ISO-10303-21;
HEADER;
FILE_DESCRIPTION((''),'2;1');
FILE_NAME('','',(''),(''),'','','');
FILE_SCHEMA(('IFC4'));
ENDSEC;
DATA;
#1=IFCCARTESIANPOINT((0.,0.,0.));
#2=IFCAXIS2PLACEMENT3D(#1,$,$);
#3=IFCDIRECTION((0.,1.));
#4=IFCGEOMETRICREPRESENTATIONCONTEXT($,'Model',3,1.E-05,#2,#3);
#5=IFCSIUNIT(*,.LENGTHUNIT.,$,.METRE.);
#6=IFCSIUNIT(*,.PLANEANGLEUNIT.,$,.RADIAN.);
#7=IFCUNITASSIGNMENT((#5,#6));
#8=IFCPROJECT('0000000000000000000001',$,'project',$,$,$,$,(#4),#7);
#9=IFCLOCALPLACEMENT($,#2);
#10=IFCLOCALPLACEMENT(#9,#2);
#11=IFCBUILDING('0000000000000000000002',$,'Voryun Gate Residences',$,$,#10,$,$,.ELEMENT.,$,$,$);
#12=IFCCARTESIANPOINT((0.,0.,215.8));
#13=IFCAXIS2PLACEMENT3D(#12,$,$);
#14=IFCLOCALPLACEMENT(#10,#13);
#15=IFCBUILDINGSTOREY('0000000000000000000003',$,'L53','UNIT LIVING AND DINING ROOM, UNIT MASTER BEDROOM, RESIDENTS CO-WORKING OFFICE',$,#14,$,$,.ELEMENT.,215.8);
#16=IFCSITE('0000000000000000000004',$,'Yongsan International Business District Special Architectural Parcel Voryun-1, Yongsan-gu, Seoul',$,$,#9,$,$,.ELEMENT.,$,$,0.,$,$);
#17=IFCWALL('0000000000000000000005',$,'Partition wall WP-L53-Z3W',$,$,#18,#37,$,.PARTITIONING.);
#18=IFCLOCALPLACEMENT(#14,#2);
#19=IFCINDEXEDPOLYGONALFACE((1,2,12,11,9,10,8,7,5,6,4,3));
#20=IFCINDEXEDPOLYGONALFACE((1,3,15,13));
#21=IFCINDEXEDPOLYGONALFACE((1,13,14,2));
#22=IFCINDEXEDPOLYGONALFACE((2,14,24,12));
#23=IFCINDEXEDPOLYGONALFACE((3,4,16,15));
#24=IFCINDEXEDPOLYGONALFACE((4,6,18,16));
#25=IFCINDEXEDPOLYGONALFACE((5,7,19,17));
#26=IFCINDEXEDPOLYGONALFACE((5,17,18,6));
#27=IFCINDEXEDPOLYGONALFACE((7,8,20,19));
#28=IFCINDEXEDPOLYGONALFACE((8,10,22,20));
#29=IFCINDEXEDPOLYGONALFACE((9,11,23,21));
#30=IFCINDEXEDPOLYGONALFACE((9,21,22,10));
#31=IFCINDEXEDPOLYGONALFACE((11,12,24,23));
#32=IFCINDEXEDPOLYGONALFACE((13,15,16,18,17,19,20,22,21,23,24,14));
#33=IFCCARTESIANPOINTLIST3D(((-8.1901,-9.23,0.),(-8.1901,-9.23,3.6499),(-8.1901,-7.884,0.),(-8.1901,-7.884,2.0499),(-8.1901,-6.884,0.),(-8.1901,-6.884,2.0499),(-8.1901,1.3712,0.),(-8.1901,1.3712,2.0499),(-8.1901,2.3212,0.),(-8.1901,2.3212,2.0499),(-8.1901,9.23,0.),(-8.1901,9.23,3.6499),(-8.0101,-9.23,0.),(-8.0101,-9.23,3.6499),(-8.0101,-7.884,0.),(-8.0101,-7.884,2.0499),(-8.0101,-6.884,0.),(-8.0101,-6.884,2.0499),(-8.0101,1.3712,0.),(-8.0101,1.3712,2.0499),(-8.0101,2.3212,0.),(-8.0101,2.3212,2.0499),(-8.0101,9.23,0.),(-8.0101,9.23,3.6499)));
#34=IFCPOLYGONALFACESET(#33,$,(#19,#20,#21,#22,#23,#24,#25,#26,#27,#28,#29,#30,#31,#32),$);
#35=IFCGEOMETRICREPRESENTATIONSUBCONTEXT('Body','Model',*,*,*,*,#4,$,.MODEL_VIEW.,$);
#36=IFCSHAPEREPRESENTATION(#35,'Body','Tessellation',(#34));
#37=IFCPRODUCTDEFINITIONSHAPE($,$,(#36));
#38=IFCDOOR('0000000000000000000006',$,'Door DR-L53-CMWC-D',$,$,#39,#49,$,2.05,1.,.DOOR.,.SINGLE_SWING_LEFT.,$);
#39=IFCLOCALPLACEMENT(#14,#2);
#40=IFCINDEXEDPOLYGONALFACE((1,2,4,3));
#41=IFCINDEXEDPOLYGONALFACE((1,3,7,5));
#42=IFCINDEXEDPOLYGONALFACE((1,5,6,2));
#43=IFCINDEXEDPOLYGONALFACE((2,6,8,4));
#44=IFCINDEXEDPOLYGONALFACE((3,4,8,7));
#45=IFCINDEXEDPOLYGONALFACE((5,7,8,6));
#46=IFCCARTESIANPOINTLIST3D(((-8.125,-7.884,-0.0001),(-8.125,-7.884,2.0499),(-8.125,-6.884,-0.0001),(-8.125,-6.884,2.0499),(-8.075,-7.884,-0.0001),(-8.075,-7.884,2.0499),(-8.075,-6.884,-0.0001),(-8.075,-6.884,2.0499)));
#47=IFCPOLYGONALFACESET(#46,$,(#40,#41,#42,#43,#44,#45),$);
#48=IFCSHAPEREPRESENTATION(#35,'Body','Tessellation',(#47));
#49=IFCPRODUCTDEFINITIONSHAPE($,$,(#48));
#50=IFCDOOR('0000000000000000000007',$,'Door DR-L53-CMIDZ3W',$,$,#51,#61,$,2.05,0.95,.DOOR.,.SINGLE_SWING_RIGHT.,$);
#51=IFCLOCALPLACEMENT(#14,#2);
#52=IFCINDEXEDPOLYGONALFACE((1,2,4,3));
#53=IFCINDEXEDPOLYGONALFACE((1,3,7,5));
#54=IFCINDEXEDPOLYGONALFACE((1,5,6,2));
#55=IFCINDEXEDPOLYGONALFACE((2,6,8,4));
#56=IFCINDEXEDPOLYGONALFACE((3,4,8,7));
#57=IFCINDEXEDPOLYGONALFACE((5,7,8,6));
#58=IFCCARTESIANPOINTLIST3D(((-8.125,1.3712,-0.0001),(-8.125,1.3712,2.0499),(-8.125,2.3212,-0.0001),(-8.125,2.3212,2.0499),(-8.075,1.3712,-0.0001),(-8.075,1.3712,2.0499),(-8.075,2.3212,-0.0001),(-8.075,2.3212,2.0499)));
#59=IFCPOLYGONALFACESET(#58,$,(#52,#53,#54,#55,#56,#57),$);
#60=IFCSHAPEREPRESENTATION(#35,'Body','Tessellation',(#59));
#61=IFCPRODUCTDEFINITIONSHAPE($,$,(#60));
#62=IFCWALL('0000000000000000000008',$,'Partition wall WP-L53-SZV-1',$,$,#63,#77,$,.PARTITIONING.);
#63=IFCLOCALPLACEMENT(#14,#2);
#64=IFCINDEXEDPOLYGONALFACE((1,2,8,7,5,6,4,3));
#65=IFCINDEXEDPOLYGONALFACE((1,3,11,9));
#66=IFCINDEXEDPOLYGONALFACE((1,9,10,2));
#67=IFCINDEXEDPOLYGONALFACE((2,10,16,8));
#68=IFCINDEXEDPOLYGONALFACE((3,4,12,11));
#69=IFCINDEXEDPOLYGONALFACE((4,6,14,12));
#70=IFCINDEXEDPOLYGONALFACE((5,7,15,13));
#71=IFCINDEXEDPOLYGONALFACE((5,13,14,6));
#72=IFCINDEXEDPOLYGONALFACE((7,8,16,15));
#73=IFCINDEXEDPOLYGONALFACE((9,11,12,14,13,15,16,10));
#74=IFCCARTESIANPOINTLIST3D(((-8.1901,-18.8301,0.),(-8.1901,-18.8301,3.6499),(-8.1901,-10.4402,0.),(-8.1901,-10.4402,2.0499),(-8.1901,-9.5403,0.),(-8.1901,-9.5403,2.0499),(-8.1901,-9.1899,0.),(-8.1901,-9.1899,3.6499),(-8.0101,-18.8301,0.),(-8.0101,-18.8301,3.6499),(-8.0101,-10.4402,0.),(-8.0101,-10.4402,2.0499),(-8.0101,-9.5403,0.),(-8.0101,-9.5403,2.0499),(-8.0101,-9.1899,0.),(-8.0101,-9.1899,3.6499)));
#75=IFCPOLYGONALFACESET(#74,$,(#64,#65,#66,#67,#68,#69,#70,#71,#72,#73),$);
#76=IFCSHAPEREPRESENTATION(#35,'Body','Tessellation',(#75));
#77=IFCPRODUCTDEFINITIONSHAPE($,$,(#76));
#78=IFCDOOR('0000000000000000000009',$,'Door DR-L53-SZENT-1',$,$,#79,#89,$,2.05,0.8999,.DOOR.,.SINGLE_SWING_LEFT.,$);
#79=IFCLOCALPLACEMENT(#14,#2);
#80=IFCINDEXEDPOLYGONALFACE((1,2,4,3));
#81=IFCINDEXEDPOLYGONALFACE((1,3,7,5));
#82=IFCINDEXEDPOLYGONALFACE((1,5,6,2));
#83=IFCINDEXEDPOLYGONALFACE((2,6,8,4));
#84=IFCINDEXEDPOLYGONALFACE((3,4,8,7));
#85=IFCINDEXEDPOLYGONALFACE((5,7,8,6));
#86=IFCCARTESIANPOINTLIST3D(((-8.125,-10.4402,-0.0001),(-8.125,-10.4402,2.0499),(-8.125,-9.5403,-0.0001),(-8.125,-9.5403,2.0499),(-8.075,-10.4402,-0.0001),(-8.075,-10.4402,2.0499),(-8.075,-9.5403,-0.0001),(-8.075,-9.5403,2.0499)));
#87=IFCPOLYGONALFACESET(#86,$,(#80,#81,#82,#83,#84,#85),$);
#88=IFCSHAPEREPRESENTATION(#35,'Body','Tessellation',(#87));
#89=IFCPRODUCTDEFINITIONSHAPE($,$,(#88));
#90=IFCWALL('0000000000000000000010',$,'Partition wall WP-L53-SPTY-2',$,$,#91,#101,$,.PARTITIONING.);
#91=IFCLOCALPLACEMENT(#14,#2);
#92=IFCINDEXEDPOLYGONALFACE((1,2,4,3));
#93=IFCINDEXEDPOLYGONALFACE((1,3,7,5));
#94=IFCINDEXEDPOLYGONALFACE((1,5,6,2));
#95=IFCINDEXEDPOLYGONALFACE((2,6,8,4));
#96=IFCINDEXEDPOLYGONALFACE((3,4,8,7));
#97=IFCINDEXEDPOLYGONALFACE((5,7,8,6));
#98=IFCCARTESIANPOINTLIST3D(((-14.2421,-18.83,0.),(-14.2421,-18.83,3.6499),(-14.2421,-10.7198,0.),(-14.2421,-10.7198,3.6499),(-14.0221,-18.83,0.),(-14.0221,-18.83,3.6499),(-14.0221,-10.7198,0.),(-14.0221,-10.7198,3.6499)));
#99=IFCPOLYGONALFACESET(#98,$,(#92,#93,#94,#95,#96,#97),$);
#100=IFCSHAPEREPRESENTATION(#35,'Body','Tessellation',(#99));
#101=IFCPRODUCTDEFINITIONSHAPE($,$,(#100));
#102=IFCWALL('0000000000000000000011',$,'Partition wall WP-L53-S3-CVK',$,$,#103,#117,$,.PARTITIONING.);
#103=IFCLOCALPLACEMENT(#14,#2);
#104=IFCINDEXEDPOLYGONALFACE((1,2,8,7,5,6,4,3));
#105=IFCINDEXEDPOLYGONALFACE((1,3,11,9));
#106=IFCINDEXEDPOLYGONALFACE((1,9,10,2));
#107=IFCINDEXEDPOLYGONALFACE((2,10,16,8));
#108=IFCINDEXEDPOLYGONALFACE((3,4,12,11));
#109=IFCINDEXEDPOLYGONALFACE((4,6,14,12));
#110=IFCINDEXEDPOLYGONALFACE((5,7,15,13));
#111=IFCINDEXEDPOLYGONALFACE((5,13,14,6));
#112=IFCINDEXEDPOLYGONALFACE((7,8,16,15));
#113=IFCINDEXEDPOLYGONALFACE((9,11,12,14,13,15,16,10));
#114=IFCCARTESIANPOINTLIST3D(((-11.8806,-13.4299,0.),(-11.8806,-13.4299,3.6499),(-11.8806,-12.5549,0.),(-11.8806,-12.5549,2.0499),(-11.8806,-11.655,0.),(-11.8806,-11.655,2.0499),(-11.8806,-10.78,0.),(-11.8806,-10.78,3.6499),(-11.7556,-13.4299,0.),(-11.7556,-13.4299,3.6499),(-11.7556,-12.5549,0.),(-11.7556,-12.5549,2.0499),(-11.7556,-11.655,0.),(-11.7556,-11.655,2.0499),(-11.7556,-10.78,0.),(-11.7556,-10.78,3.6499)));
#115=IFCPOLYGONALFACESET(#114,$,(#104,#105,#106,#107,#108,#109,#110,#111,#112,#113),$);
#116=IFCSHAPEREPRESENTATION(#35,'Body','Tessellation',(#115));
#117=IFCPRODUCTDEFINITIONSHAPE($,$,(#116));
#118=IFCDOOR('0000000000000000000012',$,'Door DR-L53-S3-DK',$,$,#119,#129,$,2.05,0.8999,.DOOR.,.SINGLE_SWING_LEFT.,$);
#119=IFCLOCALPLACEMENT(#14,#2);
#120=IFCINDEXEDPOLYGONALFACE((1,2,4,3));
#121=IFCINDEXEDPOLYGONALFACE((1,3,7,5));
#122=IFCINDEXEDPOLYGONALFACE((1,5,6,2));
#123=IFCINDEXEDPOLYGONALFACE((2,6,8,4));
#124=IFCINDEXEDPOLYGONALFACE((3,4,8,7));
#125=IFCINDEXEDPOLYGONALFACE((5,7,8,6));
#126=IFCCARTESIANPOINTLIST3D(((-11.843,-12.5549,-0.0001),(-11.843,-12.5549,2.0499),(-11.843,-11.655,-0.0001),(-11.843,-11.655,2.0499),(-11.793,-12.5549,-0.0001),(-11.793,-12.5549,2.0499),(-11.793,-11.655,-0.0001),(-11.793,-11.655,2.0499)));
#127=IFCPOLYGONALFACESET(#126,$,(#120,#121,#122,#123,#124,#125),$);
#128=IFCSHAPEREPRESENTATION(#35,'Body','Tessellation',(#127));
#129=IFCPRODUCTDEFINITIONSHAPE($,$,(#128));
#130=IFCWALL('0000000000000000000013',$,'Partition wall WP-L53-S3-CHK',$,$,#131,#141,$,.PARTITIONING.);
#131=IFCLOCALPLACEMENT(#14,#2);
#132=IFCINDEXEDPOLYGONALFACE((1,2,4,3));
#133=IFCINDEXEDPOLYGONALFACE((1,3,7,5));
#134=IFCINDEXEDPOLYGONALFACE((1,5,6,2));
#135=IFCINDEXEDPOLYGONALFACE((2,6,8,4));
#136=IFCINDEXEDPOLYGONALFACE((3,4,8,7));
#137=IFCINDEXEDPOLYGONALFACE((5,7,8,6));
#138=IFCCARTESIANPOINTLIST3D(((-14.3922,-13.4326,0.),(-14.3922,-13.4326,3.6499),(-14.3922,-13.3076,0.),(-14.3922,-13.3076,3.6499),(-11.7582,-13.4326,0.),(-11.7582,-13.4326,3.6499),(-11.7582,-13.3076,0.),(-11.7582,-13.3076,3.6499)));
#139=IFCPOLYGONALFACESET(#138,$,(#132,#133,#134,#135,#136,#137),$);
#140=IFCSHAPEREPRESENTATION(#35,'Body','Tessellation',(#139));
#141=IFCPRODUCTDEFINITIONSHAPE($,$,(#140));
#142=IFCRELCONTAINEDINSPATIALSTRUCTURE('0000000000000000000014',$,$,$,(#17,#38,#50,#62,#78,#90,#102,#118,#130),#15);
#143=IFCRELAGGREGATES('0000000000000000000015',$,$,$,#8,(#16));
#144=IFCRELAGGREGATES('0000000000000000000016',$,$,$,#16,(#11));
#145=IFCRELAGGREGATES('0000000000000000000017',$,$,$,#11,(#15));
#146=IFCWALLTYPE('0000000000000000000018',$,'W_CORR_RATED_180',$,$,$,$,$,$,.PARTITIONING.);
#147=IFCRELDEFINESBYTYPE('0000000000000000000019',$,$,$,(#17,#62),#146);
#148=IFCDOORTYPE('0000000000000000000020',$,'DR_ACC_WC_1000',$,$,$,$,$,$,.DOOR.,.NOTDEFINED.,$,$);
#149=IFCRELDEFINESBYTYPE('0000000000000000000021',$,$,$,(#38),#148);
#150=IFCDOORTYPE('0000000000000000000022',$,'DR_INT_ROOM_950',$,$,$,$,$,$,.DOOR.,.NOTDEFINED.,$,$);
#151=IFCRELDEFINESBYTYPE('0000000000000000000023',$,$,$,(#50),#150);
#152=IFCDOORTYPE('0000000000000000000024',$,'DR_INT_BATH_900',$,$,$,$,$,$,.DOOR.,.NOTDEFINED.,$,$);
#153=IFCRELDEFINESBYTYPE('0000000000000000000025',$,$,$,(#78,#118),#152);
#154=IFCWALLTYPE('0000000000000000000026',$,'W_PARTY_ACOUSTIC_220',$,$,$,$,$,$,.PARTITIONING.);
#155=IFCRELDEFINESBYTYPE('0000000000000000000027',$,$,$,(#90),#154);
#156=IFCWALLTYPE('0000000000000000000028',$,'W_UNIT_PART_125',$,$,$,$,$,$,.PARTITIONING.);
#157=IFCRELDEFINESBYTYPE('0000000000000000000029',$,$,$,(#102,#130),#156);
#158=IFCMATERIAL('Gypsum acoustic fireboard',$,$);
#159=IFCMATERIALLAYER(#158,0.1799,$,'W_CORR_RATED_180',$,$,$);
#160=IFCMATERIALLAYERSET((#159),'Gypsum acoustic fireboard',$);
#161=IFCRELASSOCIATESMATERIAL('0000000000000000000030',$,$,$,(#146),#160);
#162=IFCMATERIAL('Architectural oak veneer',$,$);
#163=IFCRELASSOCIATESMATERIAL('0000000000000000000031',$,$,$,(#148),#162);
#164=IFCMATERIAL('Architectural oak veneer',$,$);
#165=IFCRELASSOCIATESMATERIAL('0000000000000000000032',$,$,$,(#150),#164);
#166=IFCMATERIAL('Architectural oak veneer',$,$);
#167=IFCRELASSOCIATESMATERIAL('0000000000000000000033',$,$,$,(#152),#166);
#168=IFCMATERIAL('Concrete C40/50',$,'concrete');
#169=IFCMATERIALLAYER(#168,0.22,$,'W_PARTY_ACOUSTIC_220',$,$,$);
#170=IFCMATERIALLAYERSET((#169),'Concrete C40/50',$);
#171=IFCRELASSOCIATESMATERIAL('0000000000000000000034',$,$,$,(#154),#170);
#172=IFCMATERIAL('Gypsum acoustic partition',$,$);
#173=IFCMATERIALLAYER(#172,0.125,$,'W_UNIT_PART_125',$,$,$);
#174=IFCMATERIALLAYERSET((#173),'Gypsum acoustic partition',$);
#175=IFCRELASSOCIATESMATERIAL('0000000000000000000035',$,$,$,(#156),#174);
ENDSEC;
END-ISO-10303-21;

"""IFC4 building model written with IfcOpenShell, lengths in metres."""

from ifc_helpers import new_model, si_unit, direction, frame, frame_2d, origin, place, context, subcontext, project, spatial, rectangle, extrude, material, layer, layer_set, type_object, element, fill, save


model = new_model("IFC4")

# Units and contexts
model_context = context("Model", 3, precision=1e-05, world=origin(), true_north=direction((0.0, 1.0)))
body_context = subcontext(model_context, "Body", "Model", "MODEL_VIEW")
ifc_project = project(units=[si_unit("LENGTHUNIT", "METRE"), si_unit("PLANEANGLEUNIT", "RADIAN")], contexts=[model_context])

# Site, building, storey
site_placement = place(None, origin())
site = spatial("IfcSite", under=ifc_project, at=site_placement, Name="Yongsan International Business District Special Architectural Parcel Voryun-1, Yongsan-gu, Seoul", CompositionType="ELEMENT", RefElevation=0.0)
building_placement = place(site_placement, origin())
building = spatial("IfcBuilding", under=site, at=building_placement, Name="Voryun Gate Residences", CompositionType="ELEMENT")
storey_placement = place(building_placement, frame((0.0, 0.0, 215.8)))
storey = spatial("IfcBuildingStorey", under=building, at=storey_placement, Name="L53", Description="UNIT LIVING AND DINING ROOM, UNIT MASTER BEDROOM, RESIDENTS CO-WORKING OFFICE", CompositionType="ELEMENT", Elevation=215.8)

# Shared definitions
ifc_material_1 = material(Name="Gypsum acoustic fireboard")
ifc_layer_1 = layer(ifc_material_1, 0.1799, Name="W_CORR_RATED_180")
ifc_layer_set_1 = layer_set([ifc_layer_1], Name="Gypsum acoustic fireboard")
wall_type_1 = type_object("IfcWallType", Name="W_CORR_RATED_180", PredefinedType="PARTITIONING", material=ifc_layer_set_1)

# Wall, openings, doors
wall_1_placement = place(storey_placement, frame((-8.1001, -9.23, 0.0), z_axis=(0.0, 0.0, 1.0), x_axis=(0.0, 1.0, 0.0)))
wall_1 = element("IfcWall", 1, at=wall_1_placement, inside=storey, type_object=wall_type_1, Name="Partition wall WP-L53-Z3W", PredefinedType="PARTITIONING", context=body_context, shape_type="SweptSolid", body=[
    extrude(rectangle(XDim=18.46, YDim=0.1799, at=frame_2d((9.23, 0.0))), origin(), (0.0, 0.0, 1.0), 3.6499),
])
opening_1_placement = place(wall_1_placement, frame((1.3459, 0.0, 0.0)))
opening_1 = element("IfcOpeningElement", 2, at=opening_1_placement, cuts=wall_1, PredefinedType="OPENING", context=body_context, shape_type="SweptSolid", body=[
    extrude(rectangle(XDim=1.0, YDim=2.05, at=frame_2d((0.5, 1.0249))), frame((0.0, 0.0999, 0.0), z_axis=(0.0, -1.0, 0.0), x_axis=(1.0, 0.0, 0.0)), (0.0, 0.0, 1.0), 0.2),
])
opening_2_placement = place(wall_1_placement, frame((10.6011, 0.0, 0.0)))
opening_2 = element("IfcOpeningElement", 3, at=opening_2_placement, cuts=wall_1, PredefinedType="OPENING", context=body_context, shape_type="SweptSolid", body=[
    extrude(rectangle(XDim=0.95, YDim=2.05, at=frame_2d((0.4751, 1.0249))), frame((0.0, 0.0999, 0.0), z_axis=(0.0, -1.0, 0.0), x_axis=(1.0, 0.0, 0.0)), (0.0, 0.0, 1.0), 0.2),
])
ifc_material_2 = material(Name="Architectural oak veneer")
door_type_1 = type_object("IfcDoorType", Name="DR_ACC_WC_1000", OperationType="NOTDEFINED", PredefinedType="DOOR", material=ifc_material_2)
door_1_placement = place(opening_1_placement, origin())
door_1 = element("IfcDoor", 4, at=door_1_placement, inside=storey, type_object=door_type_1, Name="Door DR-L53-CMWC-D", OperationType="SINGLE_SWING_LEFT", OverallHeight=2.05, OverallWidth=1.0, PredefinedType="DOOR", context=body_context, shape_type="SweptSolid", body=[
    extrude(rectangle(XDim=1.0, YDim=2.05, at=frame_2d((0.5, 1.0249))), frame((0.0, 0.0249, 0.0), z_axis=(0.0, -1.0, 0.0), x_axis=(1.0, 0.0, 0.0)), (0.0, 0.0, 1.0), 0.05),
])
fill(opening_1, door_1)
ifc_material_3 = material(Name="Architectural oak veneer")
door_type_2 = type_object("IfcDoorType", Name="DR_INT_ROOM_950", OperationType="NOTDEFINED", PredefinedType="DOOR", material=ifc_material_3)
door_2_placement = place(opening_2_placement, origin())
door_2 = element("IfcDoor", 5, at=door_2_placement, inside=storey, type_object=door_type_2, Name="Door DR-L53-CMIDZ3W", OperationType="SINGLE_SWING_RIGHT", OverallHeight=2.05, OverallWidth=0.95, PredefinedType="DOOR", context=body_context, shape_type="SweptSolid", body=[
    extrude(rectangle(XDim=0.95, YDim=2.05, at=frame_2d((0.4751, 1.0249))), frame((0.0, 0.0249, 0.0), z_axis=(0.0, -1.0, 0.0), x_axis=(1.0, 0.0, 0.0)), (0.0, 0.0, 1.0), 0.05),
])
fill(opening_2, door_2)

# Wall, opening, door
wall_2_placement = place(storey_placement, frame((-8.1001, -18.8301, 0.0), z_axis=(0.0, 0.0, 1.0), x_axis=(0.0, 1.0, 0.0)))
wall_2 = element("IfcWall", 6, at=wall_2_placement, inside=storey, type_object=wall_type_1, Name="Partition wall WP-L53-SZV-1", PredefinedType="PARTITIONING", context=body_context, shape_type="SweptSolid", body=[
    extrude(rectangle(XDim=9.6401, YDim=0.1799, at=frame_2d((4.8201, 0.0))), origin(), (0.0, 0.0, 1.0), 3.6499),
])
opening_3_placement = place(wall_2_placement, frame((8.3899, 0.0, 0.0)))
opening_3 = element("IfcOpeningElement", 7, at=opening_3_placement, cuts=wall_2, PredefinedType="OPENING", context=body_context, shape_type="SweptSolid", body=[
    extrude(rectangle(XDim=0.8999, YDim=2.05, at=frame_2d((0.45, 1.0249))), frame((0.0, 0.0999, 0.0), z_axis=(0.0, -1.0, 0.0), x_axis=(1.0, 0.0, 0.0)), (0.0, 0.0, 1.0), 0.2),
])
ifc_material_4 = material(Name="Architectural oak veneer")
door_type_3 = type_object("IfcDoorType", Name="DR_INT_BATH_900", OperationType="NOTDEFINED", PredefinedType="DOOR", material=ifc_material_4)
door_3_placement = place(opening_3_placement, origin())
door_3 = element("IfcDoor", 8, at=door_3_placement, inside=storey, type_object=door_type_3, Name="Door DR-L53-SZENT-1", OperationType="SINGLE_SWING_LEFT", OverallHeight=2.05, OverallWidth=0.8999, PredefinedType="DOOR", context=body_context, shape_type="SweptSolid", body=[
    extrude(rectangle(XDim=0.8999, YDim=2.05, at=frame_2d((0.45, 1.0249))), frame((0.0, 0.0249, 0.0), z_axis=(0.0, -1.0, 0.0), x_axis=(1.0, 0.0, 0.0)), (0.0, 0.0, 1.0), 0.05),
])
fill(opening_3, door_3)

# Wall
ifc_material_5 = material(Name="Concrete C40/50", Category="concrete")
ifc_layer_2 = layer(ifc_material_5, 0.22, Name="W_PARTY_ACOUSTIC_220")
ifc_layer_set_2 = layer_set([ifc_layer_2], Name="Concrete C40/50")
wall_type_2 = type_object("IfcWallType", Name="W_PARTY_ACOUSTIC_220", PredefinedType="PARTITIONING", material=ifc_layer_set_2)
wall_3_placement = place(storey_placement, frame((-14.1321, -18.8301, 0.0), z_axis=(0.0, 0.0, 1.0), x_axis=(0.0, 1.0, 0.0)))
element("IfcWall", 9, at=wall_3_placement, inside=storey, type_object=wall_type_2, Name="Partition wall WP-L53-SPTY-2", PredefinedType="PARTITIONING", context=body_context, shape_type="SweptSolid", body=[
    extrude(rectangle(XDim=8.1101, YDim=0.22, at=frame_2d((4.0552, 0.0))), origin(), (0.0, 0.0, 1.0), 3.6499),
])

# Wall, opening, door
ifc_material_6 = material(Name="Gypsum acoustic partition")
ifc_layer_3 = layer(ifc_material_6, 0.125, Name="W_UNIT_PART_125")
ifc_layer_set_3 = layer_set([ifc_layer_3], Name="Gypsum acoustic partition")
wall_type_3 = type_object("IfcWallType", Name="W_UNIT_PART_125", PredefinedType="PARTITIONING", material=ifc_layer_set_3)
wall_4_placement = place(storey_placement, frame((-11.8181, -13.4299, 0.0), z_axis=(0.0, 0.0, 1.0), x_axis=(0.0, 1.0, 0.0)))
wall_4 = element("IfcWall", 10, at=wall_4_placement, inside=storey, type_object=wall_type_3, Name="Partition wall WP-L53-S3-CVK", PredefinedType="PARTITIONING", context=body_context, shape_type="SweptSolid", body=[
    extrude(rectangle(XDim=2.6499, YDim=0.125, at=frame_2d((1.325, 0.0))), origin(), (0.0, 0.0, 1.0), 3.6499),
])
opening_4_placement = place(wall_4_placement, frame((0.875, 0.0, 0.0)))
opening_4 = element("IfcOpeningElement", 11, at=opening_4_placement, cuts=wall_4, PredefinedType="OPENING", context=body_context, shape_type="SweptSolid", body=[
    extrude(rectangle(XDim=0.8999, YDim=2.05, at=frame_2d((0.45, 1.0249))), frame((0.0, 0.0725, 0.0), z_axis=(0.0, -1.0, 0.0), x_axis=(1.0, 0.0, 0.0)), (0.0, 0.0, 1.0), 0.145),
])
door_4_placement = place(opening_4_placement, origin())
door_4 = element("IfcDoor", 12, at=door_4_placement, inside=storey, type_object=door_type_3, Name="Door DR-L53-S3-DK", OperationType="SINGLE_SWING_LEFT", OverallHeight=2.05, OverallWidth=0.8999, PredefinedType="DOOR", context=body_context, shape_type="SweptSolid", body=[
    extrude(rectangle(XDim=0.8999, YDim=2.05, at=frame_2d((0.45, 1.0249))), frame((0.0, 0.0249, 0.0), z_axis=(0.0, -1.0, 0.0), x_axis=(1.0, 0.0, 0.0)), (0.0, 0.0, 1.0), 0.05),
])
fill(opening_4, door_4)

# Wall
wall_5_placement = place(storey_placement, frame((-14.3921, -13.3701, 0.0), z_axis=(0.0, 0.0, 1.0), x_axis=(1.0, 0.0, 0.0)))
element("IfcWall", 13, at=wall_5_placement, inside=storey, type_object=wall_type_3, Name="Partition wall WP-L53-S3-CHK", PredefinedType="PARTITIONING", context=body_context, shape_type="SweptSolid", body=[
    extrude(rectangle(XDim=2.634, YDim=0.125, at=frame_2d((1.3169, 0.0))), origin(), (0.0, 0.0, 1.0), 3.6499),
])

save(model, "model.ifc")
